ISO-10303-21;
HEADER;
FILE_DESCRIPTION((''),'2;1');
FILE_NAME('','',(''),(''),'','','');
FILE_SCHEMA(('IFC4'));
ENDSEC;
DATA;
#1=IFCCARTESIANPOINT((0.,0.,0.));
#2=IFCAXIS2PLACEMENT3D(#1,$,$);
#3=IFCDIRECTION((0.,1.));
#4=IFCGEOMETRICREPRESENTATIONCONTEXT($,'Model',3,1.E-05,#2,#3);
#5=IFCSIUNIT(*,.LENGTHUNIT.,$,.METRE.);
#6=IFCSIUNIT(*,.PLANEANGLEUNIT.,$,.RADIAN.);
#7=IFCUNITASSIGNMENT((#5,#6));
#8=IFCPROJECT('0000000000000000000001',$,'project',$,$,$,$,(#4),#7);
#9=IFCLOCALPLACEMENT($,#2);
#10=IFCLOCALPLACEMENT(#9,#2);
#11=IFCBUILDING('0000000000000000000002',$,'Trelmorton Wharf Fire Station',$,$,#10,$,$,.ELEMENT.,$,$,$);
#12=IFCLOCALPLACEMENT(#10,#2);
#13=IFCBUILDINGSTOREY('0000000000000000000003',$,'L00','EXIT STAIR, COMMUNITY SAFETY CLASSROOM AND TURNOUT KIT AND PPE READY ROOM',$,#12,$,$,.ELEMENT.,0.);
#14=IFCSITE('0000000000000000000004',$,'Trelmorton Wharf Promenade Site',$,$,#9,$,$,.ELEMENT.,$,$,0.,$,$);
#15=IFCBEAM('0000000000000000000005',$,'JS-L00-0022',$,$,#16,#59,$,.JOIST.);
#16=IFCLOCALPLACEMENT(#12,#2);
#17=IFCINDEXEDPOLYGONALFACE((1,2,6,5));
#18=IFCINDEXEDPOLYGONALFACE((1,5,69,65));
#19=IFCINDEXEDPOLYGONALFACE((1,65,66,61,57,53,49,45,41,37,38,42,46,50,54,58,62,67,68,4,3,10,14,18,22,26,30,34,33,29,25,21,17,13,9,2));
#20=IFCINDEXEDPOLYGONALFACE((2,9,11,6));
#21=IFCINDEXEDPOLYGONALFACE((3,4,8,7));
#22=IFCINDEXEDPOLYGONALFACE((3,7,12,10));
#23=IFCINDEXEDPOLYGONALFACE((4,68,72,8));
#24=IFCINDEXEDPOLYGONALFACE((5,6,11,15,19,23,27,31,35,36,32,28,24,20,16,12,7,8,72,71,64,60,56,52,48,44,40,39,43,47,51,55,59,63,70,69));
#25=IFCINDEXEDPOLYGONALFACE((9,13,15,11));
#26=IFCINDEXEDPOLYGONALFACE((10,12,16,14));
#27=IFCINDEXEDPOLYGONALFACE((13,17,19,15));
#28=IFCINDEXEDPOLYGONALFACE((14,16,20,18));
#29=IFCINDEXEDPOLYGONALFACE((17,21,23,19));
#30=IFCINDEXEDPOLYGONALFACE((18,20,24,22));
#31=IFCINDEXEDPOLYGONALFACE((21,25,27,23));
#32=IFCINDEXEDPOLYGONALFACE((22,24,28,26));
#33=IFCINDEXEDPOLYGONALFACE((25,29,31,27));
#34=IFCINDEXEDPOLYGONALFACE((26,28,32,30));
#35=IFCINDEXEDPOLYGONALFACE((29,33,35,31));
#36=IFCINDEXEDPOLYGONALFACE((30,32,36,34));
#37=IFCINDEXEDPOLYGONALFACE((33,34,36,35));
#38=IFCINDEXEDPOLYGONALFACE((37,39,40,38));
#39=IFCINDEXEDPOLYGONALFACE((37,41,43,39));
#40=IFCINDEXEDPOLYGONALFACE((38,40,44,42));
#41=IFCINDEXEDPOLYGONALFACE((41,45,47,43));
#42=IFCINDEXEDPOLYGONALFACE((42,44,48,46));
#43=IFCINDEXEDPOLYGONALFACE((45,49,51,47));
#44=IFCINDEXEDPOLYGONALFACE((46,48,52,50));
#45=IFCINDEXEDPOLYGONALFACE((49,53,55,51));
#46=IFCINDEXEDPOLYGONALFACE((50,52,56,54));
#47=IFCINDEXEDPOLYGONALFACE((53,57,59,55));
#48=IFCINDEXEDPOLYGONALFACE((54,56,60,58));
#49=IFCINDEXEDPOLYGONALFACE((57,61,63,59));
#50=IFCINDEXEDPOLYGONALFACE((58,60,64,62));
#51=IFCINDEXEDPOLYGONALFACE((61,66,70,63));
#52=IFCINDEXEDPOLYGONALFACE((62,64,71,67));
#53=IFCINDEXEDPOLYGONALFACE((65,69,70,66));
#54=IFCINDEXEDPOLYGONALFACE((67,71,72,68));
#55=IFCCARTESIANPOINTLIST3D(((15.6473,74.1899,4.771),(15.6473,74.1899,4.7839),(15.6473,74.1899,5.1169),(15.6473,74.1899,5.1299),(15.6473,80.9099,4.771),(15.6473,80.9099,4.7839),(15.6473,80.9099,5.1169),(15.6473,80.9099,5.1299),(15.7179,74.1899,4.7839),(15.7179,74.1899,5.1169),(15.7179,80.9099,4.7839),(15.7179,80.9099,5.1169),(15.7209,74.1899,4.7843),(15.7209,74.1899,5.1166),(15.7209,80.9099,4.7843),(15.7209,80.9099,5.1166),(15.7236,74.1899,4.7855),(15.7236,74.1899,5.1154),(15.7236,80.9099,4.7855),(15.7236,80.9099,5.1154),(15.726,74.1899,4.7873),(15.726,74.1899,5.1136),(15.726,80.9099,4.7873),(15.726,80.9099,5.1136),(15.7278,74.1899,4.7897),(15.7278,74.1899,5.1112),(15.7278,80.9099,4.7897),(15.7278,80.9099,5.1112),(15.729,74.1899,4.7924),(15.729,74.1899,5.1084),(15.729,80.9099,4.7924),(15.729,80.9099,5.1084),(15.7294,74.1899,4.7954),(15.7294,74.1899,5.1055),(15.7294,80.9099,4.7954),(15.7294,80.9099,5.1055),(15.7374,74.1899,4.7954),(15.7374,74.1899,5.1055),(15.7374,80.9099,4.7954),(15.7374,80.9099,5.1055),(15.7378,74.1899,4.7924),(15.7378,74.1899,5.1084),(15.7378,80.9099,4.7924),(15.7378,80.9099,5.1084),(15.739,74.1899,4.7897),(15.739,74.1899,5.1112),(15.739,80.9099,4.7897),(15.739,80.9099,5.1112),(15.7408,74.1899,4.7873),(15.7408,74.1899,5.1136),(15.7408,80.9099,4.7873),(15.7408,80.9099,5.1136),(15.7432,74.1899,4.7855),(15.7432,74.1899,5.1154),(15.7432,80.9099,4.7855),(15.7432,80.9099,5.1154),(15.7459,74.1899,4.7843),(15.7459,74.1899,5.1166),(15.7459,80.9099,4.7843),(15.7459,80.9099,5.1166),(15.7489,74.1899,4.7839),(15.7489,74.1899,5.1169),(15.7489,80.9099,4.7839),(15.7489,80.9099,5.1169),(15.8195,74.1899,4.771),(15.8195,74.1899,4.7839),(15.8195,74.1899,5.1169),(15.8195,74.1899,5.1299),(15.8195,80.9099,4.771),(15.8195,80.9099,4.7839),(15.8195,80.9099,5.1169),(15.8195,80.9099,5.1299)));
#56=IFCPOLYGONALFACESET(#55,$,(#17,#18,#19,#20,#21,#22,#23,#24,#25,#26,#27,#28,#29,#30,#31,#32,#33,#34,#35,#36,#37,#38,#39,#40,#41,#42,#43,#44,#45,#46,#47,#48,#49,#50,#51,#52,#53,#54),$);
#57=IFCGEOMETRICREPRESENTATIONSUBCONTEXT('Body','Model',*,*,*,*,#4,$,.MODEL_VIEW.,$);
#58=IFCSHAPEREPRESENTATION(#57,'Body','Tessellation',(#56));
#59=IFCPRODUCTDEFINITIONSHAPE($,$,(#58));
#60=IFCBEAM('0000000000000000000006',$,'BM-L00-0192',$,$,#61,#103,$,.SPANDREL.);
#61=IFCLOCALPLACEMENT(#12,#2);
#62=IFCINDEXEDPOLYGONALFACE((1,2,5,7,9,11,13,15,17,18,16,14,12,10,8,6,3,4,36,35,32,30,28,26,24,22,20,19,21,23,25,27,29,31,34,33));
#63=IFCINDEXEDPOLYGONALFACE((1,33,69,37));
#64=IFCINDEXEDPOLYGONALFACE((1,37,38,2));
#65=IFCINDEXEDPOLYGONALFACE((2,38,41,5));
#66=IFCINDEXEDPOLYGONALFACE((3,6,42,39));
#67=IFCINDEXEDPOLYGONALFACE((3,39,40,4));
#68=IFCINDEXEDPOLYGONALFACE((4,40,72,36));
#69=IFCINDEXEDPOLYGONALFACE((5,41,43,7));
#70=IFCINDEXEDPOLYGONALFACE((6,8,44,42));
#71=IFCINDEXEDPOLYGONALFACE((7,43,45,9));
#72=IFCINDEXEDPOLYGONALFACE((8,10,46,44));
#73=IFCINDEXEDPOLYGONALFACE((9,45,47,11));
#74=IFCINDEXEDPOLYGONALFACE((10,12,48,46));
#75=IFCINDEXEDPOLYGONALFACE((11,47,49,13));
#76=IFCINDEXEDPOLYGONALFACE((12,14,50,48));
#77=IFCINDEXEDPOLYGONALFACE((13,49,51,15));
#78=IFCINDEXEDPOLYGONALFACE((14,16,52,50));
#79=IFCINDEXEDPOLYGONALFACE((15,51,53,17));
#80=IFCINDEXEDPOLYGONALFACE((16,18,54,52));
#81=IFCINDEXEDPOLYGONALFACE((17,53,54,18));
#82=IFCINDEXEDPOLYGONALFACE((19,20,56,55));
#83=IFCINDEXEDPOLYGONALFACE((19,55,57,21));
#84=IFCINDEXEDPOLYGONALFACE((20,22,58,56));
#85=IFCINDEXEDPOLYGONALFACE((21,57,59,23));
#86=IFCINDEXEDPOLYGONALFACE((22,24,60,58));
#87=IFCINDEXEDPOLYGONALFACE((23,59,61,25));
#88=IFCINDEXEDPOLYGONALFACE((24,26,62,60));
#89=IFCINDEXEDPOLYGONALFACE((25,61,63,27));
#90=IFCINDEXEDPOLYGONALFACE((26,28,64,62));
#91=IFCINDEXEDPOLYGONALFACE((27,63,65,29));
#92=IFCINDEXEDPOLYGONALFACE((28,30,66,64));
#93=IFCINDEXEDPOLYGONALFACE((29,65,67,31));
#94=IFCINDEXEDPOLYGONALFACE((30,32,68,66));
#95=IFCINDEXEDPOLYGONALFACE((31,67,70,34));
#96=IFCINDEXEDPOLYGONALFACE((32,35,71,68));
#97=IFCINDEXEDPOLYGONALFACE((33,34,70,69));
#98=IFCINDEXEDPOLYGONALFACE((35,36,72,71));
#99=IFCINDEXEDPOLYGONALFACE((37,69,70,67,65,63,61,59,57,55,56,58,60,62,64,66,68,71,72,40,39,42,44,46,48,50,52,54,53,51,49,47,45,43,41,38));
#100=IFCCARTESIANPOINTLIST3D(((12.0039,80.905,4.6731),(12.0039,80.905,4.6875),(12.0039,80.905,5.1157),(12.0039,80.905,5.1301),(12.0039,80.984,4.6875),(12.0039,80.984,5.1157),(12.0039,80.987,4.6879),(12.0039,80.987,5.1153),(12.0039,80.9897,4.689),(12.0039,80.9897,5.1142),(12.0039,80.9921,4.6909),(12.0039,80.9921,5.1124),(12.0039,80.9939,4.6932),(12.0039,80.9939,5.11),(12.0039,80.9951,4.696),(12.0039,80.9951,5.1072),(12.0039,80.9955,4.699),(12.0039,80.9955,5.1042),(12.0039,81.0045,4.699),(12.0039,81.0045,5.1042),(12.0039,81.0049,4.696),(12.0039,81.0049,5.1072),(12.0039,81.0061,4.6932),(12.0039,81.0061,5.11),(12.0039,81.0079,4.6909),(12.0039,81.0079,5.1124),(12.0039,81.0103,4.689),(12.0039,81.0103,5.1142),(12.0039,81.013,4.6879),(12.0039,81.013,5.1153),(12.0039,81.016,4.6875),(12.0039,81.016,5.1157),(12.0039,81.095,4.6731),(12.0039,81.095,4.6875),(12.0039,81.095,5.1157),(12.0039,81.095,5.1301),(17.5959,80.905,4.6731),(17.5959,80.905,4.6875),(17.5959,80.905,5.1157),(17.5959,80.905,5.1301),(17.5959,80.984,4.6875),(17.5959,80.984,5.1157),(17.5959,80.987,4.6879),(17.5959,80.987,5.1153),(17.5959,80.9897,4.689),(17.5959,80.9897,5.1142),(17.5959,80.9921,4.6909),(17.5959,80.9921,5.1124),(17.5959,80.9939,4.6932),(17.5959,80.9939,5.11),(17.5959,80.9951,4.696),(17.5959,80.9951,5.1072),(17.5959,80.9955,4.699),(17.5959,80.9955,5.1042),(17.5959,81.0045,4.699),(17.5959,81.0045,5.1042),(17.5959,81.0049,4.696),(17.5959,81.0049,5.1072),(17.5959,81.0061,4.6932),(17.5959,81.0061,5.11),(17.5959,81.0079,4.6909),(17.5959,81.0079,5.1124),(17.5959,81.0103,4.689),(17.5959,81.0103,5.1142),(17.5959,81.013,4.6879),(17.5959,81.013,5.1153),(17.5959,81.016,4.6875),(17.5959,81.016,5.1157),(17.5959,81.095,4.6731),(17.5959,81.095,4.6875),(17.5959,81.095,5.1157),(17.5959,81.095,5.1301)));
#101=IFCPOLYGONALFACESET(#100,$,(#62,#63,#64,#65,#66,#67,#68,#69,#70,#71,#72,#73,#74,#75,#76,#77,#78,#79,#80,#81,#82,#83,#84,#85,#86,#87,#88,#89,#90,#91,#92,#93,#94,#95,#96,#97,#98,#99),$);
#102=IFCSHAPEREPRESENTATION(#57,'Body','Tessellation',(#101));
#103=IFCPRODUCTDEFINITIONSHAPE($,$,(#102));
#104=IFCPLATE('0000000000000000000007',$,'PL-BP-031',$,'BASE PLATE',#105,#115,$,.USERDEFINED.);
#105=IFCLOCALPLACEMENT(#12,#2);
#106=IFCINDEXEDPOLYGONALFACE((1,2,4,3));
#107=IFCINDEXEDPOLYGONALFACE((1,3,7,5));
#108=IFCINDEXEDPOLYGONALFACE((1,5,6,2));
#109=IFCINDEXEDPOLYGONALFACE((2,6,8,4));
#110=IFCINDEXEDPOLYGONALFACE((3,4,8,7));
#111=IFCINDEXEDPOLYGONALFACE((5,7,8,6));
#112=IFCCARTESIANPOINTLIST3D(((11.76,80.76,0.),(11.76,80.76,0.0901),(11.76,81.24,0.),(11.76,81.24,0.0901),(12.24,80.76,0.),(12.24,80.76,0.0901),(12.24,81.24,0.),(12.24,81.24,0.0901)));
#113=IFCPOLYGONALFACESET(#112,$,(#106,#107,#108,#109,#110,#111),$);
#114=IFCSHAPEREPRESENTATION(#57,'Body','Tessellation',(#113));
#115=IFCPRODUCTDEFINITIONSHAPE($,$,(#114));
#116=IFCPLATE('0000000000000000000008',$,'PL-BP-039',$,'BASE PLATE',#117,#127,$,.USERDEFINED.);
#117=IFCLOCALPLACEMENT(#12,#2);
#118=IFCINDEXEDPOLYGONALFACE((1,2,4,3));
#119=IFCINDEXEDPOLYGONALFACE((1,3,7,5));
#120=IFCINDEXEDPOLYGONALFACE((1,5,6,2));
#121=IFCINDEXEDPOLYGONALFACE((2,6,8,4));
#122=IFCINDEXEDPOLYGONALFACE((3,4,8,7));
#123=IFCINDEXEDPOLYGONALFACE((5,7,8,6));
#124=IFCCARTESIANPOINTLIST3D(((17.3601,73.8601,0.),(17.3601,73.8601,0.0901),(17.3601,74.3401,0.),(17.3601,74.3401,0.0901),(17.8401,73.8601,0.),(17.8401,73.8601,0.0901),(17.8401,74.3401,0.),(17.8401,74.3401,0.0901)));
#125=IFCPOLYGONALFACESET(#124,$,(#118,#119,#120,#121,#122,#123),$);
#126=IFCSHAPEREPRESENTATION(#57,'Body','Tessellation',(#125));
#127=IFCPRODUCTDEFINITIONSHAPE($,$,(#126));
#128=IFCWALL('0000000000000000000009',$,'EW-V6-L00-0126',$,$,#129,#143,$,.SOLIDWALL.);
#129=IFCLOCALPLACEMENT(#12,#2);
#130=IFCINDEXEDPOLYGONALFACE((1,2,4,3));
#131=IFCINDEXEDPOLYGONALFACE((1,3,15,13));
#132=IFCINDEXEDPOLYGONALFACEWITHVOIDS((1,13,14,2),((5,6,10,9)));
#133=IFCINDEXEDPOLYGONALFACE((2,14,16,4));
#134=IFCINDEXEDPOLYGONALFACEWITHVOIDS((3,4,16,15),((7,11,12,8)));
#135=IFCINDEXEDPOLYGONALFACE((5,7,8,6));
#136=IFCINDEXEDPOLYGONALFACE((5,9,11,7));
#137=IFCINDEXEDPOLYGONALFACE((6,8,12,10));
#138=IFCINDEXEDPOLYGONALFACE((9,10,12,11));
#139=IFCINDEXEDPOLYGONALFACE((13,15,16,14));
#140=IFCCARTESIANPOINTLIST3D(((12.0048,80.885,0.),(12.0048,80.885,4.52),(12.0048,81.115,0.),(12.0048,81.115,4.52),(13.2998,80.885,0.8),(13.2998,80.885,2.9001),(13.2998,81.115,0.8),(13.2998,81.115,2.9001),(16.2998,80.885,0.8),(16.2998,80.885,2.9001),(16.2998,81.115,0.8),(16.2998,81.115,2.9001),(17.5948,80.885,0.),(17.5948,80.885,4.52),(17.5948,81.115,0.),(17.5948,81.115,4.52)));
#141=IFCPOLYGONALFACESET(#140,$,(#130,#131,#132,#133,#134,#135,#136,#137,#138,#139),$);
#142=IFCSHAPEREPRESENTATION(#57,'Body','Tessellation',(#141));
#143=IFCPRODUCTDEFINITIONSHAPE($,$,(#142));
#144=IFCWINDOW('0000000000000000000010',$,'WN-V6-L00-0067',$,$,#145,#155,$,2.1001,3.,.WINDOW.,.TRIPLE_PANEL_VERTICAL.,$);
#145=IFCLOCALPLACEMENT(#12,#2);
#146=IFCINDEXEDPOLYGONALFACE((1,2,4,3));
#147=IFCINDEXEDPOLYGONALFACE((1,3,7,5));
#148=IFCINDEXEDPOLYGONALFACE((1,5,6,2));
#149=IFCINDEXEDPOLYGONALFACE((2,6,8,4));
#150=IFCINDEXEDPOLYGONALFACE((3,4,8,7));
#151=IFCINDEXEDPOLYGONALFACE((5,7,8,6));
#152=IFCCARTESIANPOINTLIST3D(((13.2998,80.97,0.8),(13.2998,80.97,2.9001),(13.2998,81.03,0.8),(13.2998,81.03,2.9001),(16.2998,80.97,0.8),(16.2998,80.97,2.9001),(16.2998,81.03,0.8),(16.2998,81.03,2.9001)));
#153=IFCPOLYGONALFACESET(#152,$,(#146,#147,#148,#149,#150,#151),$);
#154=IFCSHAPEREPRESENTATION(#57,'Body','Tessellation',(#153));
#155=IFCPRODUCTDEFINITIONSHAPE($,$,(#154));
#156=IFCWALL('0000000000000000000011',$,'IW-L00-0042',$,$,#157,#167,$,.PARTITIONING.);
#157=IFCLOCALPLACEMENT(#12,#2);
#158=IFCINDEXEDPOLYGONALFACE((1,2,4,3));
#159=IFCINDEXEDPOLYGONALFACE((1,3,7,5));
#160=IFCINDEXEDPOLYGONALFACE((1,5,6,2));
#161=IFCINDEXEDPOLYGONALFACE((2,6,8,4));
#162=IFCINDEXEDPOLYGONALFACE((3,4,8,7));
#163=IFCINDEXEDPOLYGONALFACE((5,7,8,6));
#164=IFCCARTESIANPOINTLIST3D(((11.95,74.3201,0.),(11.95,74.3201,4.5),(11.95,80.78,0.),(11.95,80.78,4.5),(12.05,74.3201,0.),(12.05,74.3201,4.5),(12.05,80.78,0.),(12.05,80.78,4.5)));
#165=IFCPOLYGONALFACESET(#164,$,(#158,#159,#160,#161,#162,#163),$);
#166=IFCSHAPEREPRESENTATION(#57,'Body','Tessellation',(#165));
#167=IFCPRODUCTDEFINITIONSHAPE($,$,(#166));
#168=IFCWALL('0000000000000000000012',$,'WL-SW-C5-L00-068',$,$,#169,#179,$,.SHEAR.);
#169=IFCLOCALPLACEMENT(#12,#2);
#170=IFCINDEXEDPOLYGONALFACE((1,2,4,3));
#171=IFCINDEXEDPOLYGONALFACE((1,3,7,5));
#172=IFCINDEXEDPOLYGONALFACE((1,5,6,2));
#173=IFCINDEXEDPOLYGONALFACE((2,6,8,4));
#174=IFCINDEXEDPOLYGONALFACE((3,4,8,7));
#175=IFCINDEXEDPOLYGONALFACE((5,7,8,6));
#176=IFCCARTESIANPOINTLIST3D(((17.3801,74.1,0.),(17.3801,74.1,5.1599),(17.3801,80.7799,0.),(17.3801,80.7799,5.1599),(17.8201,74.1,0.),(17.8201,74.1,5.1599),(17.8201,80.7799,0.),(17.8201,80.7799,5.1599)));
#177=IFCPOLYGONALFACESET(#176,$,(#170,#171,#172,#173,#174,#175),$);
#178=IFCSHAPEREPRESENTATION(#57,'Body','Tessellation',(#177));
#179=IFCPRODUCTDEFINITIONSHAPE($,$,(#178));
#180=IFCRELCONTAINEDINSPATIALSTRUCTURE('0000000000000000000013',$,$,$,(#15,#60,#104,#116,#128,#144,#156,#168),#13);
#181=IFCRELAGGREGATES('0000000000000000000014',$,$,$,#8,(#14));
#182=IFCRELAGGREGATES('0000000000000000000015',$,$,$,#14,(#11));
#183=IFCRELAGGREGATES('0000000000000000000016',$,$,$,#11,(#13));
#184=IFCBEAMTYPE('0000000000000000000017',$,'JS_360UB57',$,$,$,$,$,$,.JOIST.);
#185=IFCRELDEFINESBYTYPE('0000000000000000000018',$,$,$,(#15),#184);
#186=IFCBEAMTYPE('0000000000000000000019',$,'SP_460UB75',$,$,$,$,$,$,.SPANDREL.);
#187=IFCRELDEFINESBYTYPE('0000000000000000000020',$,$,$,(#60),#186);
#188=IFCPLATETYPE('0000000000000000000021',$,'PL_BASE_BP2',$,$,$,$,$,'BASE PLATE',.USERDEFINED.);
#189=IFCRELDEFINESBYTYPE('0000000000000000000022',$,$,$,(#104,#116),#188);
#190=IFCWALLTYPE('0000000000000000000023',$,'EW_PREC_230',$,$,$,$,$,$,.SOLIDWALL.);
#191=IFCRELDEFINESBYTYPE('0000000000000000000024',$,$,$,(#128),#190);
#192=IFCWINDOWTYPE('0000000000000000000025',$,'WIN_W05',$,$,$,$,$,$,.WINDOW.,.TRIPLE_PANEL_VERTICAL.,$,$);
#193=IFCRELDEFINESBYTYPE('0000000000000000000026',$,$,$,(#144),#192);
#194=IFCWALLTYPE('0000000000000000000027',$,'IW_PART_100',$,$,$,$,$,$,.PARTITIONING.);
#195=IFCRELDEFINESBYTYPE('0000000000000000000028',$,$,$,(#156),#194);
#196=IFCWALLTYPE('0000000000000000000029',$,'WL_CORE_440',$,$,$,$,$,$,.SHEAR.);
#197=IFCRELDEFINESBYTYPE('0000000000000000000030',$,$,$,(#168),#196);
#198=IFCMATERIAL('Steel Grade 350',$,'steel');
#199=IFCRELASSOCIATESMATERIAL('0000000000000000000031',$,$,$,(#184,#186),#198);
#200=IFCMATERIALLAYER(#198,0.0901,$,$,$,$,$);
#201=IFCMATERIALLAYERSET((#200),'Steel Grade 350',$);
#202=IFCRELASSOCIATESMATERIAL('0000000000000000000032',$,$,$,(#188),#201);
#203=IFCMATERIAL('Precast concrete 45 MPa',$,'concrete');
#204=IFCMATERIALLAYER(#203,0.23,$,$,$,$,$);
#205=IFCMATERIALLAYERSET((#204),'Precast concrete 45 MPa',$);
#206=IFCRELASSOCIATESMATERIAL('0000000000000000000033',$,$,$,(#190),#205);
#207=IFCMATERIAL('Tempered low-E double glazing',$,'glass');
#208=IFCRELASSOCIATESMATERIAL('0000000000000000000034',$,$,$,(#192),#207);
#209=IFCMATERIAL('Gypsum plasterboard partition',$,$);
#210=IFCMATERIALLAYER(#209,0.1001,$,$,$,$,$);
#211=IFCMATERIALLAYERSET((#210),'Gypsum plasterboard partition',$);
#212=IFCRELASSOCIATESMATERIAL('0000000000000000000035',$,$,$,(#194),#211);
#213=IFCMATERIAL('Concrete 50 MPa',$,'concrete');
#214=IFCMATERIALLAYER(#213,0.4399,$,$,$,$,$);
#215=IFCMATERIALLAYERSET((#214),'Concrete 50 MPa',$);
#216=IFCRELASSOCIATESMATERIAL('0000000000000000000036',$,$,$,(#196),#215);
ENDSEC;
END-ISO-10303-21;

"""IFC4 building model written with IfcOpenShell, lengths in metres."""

from ifc_helpers import new_model, si_unit, direction, frame, frame_2d, origin, origin_2d, place, context, subcontext, project, spatial, rectangle, i_section, extrude, material, layer, layer_set, material_profile, profile_set, type_object, element, fill, save


model = new_model("IFC4")

# Units and contexts
model_context = context("Model", 3, precision=1e-05, world=origin(), true_north=direction((0.0, 1.0)))
body_context = subcontext(model_context, "Body", "Model", "MODEL_VIEW")
ifc_project = project(units=[si_unit("LENGTHUNIT", "METRE"), si_unit("PLANEANGLEUNIT", "RADIAN")], contexts=[model_context])

# Site, building, storey
site_placement = place(None, origin())
site = spatial("IfcSite", under=ifc_project, at=site_placement, Name="Trelmorton Wharf Promenade Site", CompositionType="ELEMENT", RefElevation=0.0)
building_placement = place(site_placement, origin())
building = spatial("IfcBuilding", under=site, at=building_placement, Name="Trelmorton Wharf Fire Station", CompositionType="ELEMENT")
storey_placement = place(building_placement, origin())
storey = spatial("IfcBuildingStorey", under=building, at=storey_placement, Name="L00", Description="EXIT STAIR, COMMUNITY SAFETY CLASSROOM AND TURNOUT KIT AND PPE READY ROOM", CompositionType="ELEMENT", Elevation=0.0)

# Shared definitions
ifc_material_1 = material(Name="Steel Grade 350", Category="steel")

# Beams
ifc_material_profile_1 = material_profile(ifc_material_1, i_section(OverallWidth=0.1721, OverallDepth=0.3589, WebThickness=0.0081, FlangeThickness=0.0129, FilletRadius=0.0115, at=origin_2d()), Name="360UB56.7")
ifc_profile_set_1 = profile_set([ifc_material_profile_1], Name="Steel Grade 350")
beam_type_1 = type_object("IfcBeamType", Name="JS_360UB57", PredefinedType="JOIST", material=ifc_profile_set_1)
for number, where, z_axis, x_axis, name in (
    (1, (15.7334, 74.1899, 4.9504), (0.0, 1.0, 0.0), (-1.0, 0.0, 0.0), "JS-L00-0022"),
):
    element("IfcBeam", number, at=place(storey_placement, frame(where, z_axis=z_axis, x_axis=x_axis)), inside=storey, type_object=beam_type_1, Name=name, PredefinedType="JOIST", context=body_context, shape_type="SweptSolid", body=[
        extrude(i_section(OverallWidth=0.1721, OverallDepth=0.3589, WebThickness=0.0081, FlangeThickness=0.0129, FilletRadius=0.0115, at=origin_2d()), origin(), (0.0, 0.0, 1.0), 6.72),
    ])
ifc_material_profile_2 = material_profile(ifc_material_1, i_section(OverallWidth=0.1899, OverallDepth=0.457, WebThickness=0.009, FlangeThickness=0.0144, FilletRadius=0.0115, at=origin_2d()), Name="460UB74.6")
ifc_profile_set_2 = profile_set([ifc_material_profile_2], Name="Steel Grade 350")
beam_type_2 = type_object("IfcBeamType", Name="SP_460UB75", PredefinedType="SPANDREL", material=ifc_profile_set_2)
beam_placement = place(storey_placement, frame((12.0039, 81.0, 4.9016), z_axis=(1.0, 0.0, 0.0), x_axis=(0.0, 1.0, 0.0)))
element("IfcBeam", 2, at=beam_placement, inside=storey, type_object=beam_type_2, Name="BM-L00-0192", PredefinedType="SPANDREL", context=body_context, shape_type="SweptSolid", body=[
    extrude(i_section(OverallWidth=0.1899, OverallDepth=0.457, WebThickness=0.009, FlangeThickness=0.0144, FilletRadius=0.0115, at=origin_2d()), origin(), (0.0, 0.0, 1.0), 5.592),
])

# Plates
ifc_layer_1 = layer(ifc_material_1, 0.0901)
ifc_layer_set_1 = layer_set([ifc_layer_1], Name="Steel Grade 350")
plate_type = type_object("IfcPlateType", Name="PL_BASE_BP2", ElementType="BASE PLATE", PredefinedType="USERDEFINED", material=ifc_layer_set_1)
for number, where, z_axis, x_axis, name in (
    (3, (12.0, 81.0, 0.0), (0.0, 0.0, 1.0), (1.0, 0.0, 0.0), "PL-BP-031"),
    (4, (17.6001, 74.1001, 0.0), (0.0, 0.0, 1.0), (1.0, 0.0, 0.0), "PL-BP-039"),
):
    element("IfcPlate", number, at=place(storey_placement, frame(where, z_axis=z_axis, x_axis=x_axis)), inside=storey, type_object=plate_type, Name=name, ObjectType="BASE PLATE", PredefinedType="USERDEFINED", context=body_context, shape_type="SweptSolid", body=[
        extrude(rectangle(XDim=0.48, YDim=0.48, at=origin_2d()), origin(), (0.0, 0.0, 1.0), 0.0901),
    ])

# Wall, opening, window
ifc_material_2 = material(Name="Precast concrete 45 MPa", Category="concrete")
ifc_layer_2 = layer(ifc_material_2, 0.23)
ifc_layer_set_2 = layer_set([ifc_layer_2], Name="Precast concrete 45 MPa")
wall_type_1 = type_object("IfcWallType", Name="EW_PREC_230", PredefinedType="SOLIDWALL", material=ifc_layer_set_2)
wall_1_placement = place(storey_placement, frame((12.0049, 81.0, 0.0), z_axis=(0.0, 0.0, 1.0), x_axis=(1.0, 0.0, 0.0)))
wall_1 = element("IfcWall", 5, at=wall_1_placement, inside=storey, type_object=wall_type_1, Name="EW-V6-L00-0126", PredefinedType="SOLIDWALL", context=body_context, shape_type="SweptSolid", body=[
    extrude(rectangle(XDim=5.5901, YDim=0.23, at=frame_2d((2.7949, 0.0))), origin(), (0.0, 0.0, 1.0), 4.52),
])
opening_placement = place(wall_1_placement, frame((1.2949, 0.0, 0.8)))
opening = element("IfcOpeningElement", 6, at=opening_placement, cuts=wall_1, PredefinedType="OPENING", context=body_context, shape_type="SweptSolid", body=[
    extrude(rectangle(XDim=3.0, YDim=2.1001, at=frame_2d((1.5, 1.05))), frame((0.0, 0.125, 0.0), z_axis=(0.0, -1.0, 0.0), x_axis=(1.0, 0.0, 0.0)), (0.0, 0.0, 1.0), 0.25),
])
ifc_material_3 = material(Name="Tempered low-E double glazing", Category="glass")
window_type = type_object("IfcWindowType", Name="WIN_W05", PartitioningType="TRIPLE_PANEL_VERTICAL", PredefinedType="WINDOW", material=ifc_material_3)
window_placement = place(opening_placement, origin())
window = element("IfcWindow", 7, at=window_placement, inside=storey, type_object=window_type, Name="WN-V6-L00-0067", OverallHeight=2.1001, OverallWidth=3.0, PartitioningType="TRIPLE_PANEL_VERTICAL", PredefinedType="WINDOW", context=body_context, shape_type="SweptSolid", body=[
    extrude(rectangle(XDim=3.0, YDim=2.1001, at=frame_2d((1.5, 1.05))), frame((0.0, 0.03, 0.0), z_axis=(0.0, -1.0, 0.0), x_axis=(1.0, 0.0, 0.0)), (0.0, 0.0, 1.0), 0.0601),
])
fill(opening, window)

# Walls
ifc_material_4 = material(Name="Gypsum plasterboard partition")
ifc_layer_3 = layer(ifc_material_4, 0.1001)
ifc_layer_set_3 = layer_set([ifc_layer_3], Name="Gypsum plasterboard partition")
wall_type_2 = type_object("IfcWallType", Name="IW_PART_100", PredefinedType="PARTITIONING", material=ifc_layer_set_3)
wall_2_placement = place(storey_placement, frame((12.0, 74.3201, 0.0), z_axis=(0.0, 0.0, 1.0), x_axis=(0.0, 1.0, 0.0)))
element("IfcWall", 8, at=wall_2_placement, inside=storey, type_object=wall_type_2, Name="IW-L00-0042", PredefinedType="PARTITIONING", context=body_context, shape_type="SweptSolid", body=[
    extrude(rectangle(XDim=6.46, YDim=0.1001, at=frame_2d((3.23, 0.0))), origin(), (0.0, 0.0, 1.0), 4.5),
])
ifc_material_5 = material(Name="Concrete 50 MPa", Category="concrete")
ifc_layer_4 = layer(ifc_material_5, 0.4399)
ifc_layer_set_4 = layer_set([ifc_layer_4], Name="Concrete 50 MPa")
wall_type_3 = type_object("IfcWallType", Name="WL_CORE_440", PredefinedType="SHEAR", material=ifc_layer_set_4)
wall_3_placement = place(storey_placement, frame((17.6001, 74.1001, 0.0), z_axis=(0.0, 0.0, 1.0), x_axis=(0.0, 1.0, 0.0)))
element("IfcWall", 9, at=wall_3_placement, inside=storey, type_object=wall_type_3, Name="WL-SW-C5-L00-068", PredefinedType="SHEAR", context=body_context, shape_type="SweptSolid", body=[
    extrude(rectangle(XDim=6.6799, YDim=0.4399, at=frame_2d((3.3398, 0.0))), origin(), (0.0, 0.0, 1.0), 5.1599),
])

save(model, "model.ifc")
